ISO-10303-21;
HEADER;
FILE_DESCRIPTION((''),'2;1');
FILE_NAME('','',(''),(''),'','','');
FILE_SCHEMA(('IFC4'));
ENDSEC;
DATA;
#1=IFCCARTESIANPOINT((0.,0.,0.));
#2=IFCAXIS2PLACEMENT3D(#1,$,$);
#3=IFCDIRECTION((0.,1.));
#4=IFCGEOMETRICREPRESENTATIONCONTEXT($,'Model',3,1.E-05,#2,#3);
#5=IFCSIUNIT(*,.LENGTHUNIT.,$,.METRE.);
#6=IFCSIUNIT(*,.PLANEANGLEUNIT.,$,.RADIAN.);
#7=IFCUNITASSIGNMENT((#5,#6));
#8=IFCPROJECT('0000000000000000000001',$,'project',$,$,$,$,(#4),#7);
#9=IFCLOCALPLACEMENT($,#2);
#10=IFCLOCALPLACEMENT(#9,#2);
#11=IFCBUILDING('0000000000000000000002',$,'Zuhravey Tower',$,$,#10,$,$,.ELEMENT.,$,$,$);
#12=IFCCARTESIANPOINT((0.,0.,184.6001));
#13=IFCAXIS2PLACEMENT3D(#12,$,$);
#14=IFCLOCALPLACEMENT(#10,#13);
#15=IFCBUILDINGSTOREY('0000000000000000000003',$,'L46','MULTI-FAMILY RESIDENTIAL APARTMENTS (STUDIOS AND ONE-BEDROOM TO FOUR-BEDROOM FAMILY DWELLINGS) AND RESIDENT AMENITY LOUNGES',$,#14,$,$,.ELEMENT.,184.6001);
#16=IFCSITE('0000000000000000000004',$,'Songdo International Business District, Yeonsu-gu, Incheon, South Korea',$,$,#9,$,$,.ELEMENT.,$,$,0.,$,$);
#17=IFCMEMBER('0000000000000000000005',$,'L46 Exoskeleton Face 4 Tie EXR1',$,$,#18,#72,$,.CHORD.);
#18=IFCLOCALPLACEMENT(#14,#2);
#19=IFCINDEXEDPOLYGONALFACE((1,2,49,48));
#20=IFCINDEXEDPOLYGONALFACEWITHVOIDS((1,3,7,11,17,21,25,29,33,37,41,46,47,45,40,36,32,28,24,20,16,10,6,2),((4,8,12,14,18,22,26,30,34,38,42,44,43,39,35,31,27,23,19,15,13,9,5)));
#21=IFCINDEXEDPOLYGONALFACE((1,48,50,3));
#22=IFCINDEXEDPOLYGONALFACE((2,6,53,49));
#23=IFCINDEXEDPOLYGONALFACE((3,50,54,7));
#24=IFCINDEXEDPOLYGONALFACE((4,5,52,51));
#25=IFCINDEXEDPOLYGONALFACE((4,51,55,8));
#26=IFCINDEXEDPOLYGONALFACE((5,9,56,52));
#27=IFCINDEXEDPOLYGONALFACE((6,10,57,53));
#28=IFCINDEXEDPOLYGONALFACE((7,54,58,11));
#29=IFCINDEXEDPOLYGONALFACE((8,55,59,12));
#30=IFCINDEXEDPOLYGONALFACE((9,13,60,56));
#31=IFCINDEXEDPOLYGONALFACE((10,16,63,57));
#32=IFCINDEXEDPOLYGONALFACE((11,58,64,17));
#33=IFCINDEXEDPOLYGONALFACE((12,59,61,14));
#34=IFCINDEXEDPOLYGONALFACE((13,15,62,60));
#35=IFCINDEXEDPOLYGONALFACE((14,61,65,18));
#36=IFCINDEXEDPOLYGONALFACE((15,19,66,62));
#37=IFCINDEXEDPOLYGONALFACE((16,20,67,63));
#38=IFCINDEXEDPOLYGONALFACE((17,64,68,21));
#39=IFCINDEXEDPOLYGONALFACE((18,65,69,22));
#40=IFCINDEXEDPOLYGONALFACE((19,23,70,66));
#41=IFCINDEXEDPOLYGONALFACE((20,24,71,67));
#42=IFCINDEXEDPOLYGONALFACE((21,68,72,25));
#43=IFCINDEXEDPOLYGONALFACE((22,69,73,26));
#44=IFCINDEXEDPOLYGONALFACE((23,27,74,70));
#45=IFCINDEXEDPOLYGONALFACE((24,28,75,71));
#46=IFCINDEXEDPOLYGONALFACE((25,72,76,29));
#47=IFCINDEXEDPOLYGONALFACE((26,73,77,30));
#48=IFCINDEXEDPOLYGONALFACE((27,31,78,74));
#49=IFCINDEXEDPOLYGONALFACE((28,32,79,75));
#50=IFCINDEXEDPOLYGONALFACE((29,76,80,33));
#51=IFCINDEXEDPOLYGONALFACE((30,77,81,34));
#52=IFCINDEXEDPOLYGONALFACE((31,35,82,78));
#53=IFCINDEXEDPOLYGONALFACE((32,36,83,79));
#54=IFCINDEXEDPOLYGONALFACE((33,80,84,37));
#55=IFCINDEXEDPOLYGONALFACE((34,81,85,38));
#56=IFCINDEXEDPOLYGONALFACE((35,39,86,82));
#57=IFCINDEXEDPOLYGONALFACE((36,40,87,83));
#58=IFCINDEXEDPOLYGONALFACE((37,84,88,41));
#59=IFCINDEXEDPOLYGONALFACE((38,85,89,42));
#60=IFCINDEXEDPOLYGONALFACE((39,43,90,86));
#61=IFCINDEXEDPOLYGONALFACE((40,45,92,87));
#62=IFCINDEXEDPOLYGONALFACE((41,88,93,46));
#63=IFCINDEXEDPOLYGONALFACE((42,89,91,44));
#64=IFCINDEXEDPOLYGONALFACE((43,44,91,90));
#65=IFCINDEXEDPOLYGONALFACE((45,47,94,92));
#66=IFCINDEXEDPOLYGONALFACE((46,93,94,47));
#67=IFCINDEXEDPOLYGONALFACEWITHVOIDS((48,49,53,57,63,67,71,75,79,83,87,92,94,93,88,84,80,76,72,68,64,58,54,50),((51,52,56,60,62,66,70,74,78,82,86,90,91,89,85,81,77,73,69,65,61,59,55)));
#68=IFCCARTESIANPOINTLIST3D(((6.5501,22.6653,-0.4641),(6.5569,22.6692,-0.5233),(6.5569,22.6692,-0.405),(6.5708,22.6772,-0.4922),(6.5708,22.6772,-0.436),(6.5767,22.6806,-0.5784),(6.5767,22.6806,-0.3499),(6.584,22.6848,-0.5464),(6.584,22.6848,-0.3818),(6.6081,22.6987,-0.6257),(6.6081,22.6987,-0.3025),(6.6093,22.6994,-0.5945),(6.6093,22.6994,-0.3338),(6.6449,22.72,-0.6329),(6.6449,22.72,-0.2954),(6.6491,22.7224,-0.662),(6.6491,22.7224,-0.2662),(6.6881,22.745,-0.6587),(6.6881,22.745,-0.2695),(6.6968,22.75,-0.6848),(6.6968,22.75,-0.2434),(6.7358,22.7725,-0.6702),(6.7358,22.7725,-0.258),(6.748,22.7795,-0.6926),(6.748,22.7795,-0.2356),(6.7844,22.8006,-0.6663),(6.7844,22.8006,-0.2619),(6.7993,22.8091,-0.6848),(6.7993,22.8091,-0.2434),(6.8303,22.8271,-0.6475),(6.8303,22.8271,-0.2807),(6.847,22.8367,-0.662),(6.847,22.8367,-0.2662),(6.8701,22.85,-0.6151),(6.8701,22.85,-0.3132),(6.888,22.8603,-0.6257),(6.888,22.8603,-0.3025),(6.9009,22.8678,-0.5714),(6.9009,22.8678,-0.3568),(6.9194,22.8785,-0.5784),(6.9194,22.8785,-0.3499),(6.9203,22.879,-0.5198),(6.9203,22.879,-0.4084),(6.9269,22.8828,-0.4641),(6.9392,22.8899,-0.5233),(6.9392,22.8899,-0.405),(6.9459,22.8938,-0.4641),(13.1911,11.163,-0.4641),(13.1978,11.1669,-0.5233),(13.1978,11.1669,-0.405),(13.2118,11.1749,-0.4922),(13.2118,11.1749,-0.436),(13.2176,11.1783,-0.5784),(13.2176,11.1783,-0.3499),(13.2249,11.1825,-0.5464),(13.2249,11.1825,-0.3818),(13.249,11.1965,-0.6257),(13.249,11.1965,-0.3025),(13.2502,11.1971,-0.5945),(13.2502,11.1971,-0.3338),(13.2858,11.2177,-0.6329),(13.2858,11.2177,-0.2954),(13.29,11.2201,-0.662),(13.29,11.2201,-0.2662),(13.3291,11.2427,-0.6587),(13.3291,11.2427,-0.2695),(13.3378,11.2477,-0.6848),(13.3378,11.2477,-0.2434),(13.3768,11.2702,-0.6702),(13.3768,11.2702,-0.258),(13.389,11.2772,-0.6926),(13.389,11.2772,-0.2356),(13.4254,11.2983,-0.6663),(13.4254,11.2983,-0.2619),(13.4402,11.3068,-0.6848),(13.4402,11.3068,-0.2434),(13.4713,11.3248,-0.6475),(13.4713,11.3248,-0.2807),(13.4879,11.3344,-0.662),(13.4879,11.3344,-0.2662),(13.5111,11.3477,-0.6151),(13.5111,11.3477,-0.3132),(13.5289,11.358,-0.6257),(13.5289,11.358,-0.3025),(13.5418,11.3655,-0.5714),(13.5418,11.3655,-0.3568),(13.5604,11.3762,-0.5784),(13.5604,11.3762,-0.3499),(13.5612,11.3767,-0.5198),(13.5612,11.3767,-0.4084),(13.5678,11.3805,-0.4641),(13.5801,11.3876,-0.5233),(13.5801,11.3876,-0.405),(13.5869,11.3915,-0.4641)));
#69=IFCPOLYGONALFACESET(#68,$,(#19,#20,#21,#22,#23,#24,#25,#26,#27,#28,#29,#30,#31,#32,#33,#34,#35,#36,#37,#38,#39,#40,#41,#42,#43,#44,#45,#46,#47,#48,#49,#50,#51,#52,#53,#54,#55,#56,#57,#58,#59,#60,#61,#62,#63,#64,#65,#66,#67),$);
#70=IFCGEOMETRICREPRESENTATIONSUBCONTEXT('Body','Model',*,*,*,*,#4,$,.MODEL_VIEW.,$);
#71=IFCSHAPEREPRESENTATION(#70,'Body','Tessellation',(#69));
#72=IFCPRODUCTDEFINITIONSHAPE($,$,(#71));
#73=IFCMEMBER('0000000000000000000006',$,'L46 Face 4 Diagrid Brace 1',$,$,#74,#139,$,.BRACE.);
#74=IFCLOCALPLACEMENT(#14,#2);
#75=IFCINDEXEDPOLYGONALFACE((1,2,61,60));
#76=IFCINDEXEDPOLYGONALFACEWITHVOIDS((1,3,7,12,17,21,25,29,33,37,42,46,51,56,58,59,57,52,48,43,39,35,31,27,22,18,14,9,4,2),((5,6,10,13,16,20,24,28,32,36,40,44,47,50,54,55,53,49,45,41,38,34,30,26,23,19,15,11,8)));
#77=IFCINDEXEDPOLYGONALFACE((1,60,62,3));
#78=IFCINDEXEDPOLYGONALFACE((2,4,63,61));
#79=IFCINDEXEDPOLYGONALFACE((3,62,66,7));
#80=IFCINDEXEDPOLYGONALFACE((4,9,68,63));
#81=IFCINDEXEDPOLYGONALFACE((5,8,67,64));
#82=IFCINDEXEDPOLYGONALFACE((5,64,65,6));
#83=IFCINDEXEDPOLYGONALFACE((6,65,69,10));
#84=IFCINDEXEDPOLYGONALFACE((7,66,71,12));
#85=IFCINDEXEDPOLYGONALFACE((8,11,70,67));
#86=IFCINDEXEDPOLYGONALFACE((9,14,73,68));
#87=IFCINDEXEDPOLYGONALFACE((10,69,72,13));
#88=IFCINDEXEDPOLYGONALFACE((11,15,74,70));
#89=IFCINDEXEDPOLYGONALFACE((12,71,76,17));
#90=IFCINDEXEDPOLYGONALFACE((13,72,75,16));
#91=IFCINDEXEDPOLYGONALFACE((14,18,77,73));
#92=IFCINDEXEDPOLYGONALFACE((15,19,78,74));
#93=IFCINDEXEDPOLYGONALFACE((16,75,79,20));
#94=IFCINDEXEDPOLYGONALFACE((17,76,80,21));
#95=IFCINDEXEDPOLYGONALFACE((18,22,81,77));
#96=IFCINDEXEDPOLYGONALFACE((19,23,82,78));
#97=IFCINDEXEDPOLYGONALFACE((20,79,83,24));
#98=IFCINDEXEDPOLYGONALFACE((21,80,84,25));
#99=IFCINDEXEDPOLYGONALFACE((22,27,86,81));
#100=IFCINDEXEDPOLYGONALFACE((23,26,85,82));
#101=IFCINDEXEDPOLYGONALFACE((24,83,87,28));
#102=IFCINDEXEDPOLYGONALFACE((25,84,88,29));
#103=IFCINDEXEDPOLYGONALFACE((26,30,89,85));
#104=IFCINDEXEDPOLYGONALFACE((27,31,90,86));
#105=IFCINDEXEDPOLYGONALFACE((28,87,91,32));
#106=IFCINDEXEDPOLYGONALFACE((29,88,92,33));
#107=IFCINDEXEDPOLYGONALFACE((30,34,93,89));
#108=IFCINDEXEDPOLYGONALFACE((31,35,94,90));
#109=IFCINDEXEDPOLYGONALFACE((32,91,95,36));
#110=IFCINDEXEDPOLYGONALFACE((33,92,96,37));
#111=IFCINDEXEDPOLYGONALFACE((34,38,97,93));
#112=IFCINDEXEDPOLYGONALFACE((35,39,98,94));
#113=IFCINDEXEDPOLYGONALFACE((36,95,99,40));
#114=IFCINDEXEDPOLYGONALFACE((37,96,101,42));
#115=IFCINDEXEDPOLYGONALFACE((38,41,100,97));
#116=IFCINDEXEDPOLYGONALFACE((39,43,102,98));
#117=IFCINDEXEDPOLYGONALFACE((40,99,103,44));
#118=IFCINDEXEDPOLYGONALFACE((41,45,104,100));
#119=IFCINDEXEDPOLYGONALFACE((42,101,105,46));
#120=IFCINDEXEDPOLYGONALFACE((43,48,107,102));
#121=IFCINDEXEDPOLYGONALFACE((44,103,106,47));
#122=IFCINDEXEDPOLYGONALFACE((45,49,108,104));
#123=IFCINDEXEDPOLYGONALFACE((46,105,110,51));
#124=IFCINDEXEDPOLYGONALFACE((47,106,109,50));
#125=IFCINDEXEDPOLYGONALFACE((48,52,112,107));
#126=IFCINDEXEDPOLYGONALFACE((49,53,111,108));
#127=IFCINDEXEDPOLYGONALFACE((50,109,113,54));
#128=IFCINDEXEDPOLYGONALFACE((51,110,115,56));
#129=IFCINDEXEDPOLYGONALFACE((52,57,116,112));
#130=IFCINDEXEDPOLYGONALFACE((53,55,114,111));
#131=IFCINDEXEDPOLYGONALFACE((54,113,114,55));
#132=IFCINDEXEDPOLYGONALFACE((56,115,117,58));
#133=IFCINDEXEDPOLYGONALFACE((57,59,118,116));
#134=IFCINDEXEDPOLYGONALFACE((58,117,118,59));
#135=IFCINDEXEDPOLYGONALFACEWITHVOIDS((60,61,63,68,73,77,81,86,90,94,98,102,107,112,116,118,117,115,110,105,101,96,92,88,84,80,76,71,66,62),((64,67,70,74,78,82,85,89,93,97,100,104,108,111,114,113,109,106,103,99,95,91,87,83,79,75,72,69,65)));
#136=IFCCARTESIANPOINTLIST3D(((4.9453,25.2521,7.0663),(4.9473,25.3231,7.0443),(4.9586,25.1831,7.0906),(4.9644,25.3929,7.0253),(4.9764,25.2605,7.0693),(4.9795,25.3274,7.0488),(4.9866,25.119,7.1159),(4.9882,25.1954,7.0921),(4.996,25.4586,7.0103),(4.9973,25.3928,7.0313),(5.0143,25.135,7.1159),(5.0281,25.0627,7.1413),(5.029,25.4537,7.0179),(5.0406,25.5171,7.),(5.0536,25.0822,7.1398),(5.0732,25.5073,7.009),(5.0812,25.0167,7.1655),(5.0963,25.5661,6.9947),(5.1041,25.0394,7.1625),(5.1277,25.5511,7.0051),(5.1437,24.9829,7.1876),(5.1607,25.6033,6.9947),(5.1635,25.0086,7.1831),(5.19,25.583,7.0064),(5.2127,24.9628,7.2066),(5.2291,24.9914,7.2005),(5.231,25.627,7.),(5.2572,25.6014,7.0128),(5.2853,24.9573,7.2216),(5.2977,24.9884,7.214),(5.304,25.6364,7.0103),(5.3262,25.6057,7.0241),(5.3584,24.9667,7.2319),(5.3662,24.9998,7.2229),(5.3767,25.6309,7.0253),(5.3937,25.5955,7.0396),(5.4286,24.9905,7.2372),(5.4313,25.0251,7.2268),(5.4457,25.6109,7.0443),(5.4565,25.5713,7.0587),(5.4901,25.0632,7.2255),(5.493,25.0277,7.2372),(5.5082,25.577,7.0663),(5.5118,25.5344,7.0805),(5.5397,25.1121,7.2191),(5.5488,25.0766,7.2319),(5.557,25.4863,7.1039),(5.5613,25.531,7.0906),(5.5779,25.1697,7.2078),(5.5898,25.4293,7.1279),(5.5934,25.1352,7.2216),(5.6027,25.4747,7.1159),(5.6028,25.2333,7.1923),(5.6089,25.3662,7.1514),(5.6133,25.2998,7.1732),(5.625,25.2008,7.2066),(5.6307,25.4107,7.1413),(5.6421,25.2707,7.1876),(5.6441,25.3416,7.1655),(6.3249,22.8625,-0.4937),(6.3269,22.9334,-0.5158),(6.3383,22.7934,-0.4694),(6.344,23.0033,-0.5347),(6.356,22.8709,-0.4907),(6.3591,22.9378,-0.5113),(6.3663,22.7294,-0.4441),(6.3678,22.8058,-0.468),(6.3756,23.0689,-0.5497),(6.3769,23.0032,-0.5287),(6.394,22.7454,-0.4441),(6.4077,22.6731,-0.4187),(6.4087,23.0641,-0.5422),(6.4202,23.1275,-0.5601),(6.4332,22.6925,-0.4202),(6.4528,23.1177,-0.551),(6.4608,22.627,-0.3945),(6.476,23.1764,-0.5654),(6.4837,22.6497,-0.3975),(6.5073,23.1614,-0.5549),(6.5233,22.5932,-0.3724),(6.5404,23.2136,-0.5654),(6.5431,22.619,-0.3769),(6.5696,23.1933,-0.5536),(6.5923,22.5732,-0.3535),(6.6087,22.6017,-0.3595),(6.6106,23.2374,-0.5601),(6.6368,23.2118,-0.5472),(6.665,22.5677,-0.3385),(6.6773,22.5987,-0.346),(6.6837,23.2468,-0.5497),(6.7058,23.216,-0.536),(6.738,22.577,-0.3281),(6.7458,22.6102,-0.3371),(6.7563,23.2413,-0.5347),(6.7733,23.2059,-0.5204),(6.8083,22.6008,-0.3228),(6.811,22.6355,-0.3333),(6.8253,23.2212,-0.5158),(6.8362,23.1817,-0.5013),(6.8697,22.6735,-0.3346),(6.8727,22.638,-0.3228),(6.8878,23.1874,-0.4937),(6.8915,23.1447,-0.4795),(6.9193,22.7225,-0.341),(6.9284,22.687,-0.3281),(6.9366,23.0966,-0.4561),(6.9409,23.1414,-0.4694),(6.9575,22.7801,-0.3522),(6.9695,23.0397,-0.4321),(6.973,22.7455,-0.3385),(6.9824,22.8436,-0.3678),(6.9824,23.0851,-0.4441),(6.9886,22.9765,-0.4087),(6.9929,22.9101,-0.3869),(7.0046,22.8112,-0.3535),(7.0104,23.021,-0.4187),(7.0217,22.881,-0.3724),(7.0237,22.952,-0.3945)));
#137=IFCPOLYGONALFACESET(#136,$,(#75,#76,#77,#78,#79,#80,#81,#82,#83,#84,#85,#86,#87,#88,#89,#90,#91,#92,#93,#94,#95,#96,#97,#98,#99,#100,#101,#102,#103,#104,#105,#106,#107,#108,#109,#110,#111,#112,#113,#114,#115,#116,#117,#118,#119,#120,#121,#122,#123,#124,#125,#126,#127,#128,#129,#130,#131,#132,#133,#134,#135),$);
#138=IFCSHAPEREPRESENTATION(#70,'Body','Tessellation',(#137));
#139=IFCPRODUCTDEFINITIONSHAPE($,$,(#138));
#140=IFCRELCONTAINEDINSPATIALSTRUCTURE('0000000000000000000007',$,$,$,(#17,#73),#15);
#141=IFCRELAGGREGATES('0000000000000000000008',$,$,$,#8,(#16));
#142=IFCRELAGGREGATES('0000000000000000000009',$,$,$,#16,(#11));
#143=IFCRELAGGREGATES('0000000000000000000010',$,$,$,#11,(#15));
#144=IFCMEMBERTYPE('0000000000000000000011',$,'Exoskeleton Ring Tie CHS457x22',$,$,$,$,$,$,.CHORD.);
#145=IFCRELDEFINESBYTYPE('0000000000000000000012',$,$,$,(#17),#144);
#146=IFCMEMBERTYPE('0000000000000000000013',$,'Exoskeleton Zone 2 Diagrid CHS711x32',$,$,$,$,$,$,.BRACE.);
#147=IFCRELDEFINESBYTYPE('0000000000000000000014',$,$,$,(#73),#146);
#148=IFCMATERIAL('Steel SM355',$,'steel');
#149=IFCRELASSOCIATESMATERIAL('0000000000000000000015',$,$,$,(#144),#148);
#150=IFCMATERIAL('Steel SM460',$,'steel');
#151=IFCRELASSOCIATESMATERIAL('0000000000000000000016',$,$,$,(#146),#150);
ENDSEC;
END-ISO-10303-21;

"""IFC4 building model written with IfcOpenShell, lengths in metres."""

from ifc_helpers import new_model, si_unit, direction, frame, origin, origin_2d, place, context, subcontext, project, spatial, hollow_circle, extrude, material, material_profile, profile_set, type_object, element, save


model = new_model("IFC4")

# Units and contexts
model_context = context("Model", 3, precision=1e-05, world=origin(), true_north=direction((0.0, 1.0)))
body_context = subcontext(model_context, "Body", "Model", "MODEL_VIEW")
ifc_project = project(units=[si_unit("LENGTHUNIT", "METRE"), si_unit("PLANEANGLEUNIT", "RADIAN")], contexts=[model_context])

# Site, building, storey
site_placement = place(None, origin())
site = spatial("IfcSite", under=ifc_project, at=site_placement, Name="Songdo International Business District, Yeonsu-gu, Incheon, South Korea", CompositionType="ELEMENT", RefElevation=0.0)
building_placement = place(site_placement, origin())
building = spatial("IfcBuilding", under=site, at=building_placement, Name="Zuhravey Tower", CompositionType="ELEMENT")
storey_placement = place(building_placement, frame((0.0, 0.0, 184.6001)))
storey = spatial("IfcBuildingStorey", under=building, at=storey_placement, Name="L46", Description="MULTI-FAMILY RESIDENTIAL APARTMENTS (STUDIOS AND ONE-BEDROOM TO FOUR-BEDROOM FAMILY DWELLINGS) AND RESIDENT AMENITY LOUNGES", CompositionType="ELEMENT", Elevation=184.6001)

# Members
ifc_material_1 = material(Name="Steel SM355", Category="steel")
ifc_material_profile_1 = material_profile(ifc_material_1, hollow_circle(Radius=0.2285, WallThickness=0.022, at=origin_2d()), Name="CHS-457.2x22")
ifc_profile_set_1 = profile_set([ifc_material_profile_1], Name="Steel SM355")
member_type_1 = type_object("IfcMemberType", Name="Exoskeleton Ring Tie CHS457x22", PredefinedType="CHORD", material=ifc_profile_set_1)
member_1_placement = place(storey_placement, frame((6.748, 22.7795, -0.4641), z_axis=(0.500004, -0.866023, 0.0), x_axis=(0.866023, 0.500004, 0.0)))
element("IfcMember", 1, at=member_1_placement, inside=storey, type_object=member_type_1, Name="L46 Exoskeleton Face 4 Tie EXR1", PredefinedType="CHORD", context=body_context, shape_type="SweptSolid", body=[
    extrude(hollow_circle(Radius=0.2285, WallThickness=0.022, at=origin_2d()), origin(), (0.0, 0.0, 1.0), 13.2817),
])
ifc_material_2 = material(Name="Steel SM460", Category="steel")
ifc_material_profile_2 = material_profile(ifc_material_2, hollow_circle(Radius=0.3557, WallThickness=0.032, at=origin_2d()), Name="CHS-711.2x32")
ifc_profile_set_2 = profile_set([ifc_material_profile_2], Name="Steel SM460")
member_type_2 = type_object("IfcMemberType", Name="Exoskeleton Zone 2 Diagrid CHS711x32", PredefinedType="BRACE", material=ifc_profile_set_2)
member_2_placement = place(storey_placement, frame((6.6743, 22.9072, -0.4441), z_axis=(-0.171429, 0.296929, 0.939386), x_axis=(-0.866029, -0.499993, 0.0)))
element("IfcMember", 2, at=member_2_placement, inside=storey, type_object=member_type_2, Name="L46 Face 4 Diagrid Brace 1", PredefinedType="BRACE", context=body_context, shape_type="SweptSolid", body=[
    extrude(hollow_circle(Radius=0.3557, WallThickness=0.032, at=origin_2d()), origin(), (0.0, 0.0, 1.0), 8.0479),
])

save(model, "model.ifc")
